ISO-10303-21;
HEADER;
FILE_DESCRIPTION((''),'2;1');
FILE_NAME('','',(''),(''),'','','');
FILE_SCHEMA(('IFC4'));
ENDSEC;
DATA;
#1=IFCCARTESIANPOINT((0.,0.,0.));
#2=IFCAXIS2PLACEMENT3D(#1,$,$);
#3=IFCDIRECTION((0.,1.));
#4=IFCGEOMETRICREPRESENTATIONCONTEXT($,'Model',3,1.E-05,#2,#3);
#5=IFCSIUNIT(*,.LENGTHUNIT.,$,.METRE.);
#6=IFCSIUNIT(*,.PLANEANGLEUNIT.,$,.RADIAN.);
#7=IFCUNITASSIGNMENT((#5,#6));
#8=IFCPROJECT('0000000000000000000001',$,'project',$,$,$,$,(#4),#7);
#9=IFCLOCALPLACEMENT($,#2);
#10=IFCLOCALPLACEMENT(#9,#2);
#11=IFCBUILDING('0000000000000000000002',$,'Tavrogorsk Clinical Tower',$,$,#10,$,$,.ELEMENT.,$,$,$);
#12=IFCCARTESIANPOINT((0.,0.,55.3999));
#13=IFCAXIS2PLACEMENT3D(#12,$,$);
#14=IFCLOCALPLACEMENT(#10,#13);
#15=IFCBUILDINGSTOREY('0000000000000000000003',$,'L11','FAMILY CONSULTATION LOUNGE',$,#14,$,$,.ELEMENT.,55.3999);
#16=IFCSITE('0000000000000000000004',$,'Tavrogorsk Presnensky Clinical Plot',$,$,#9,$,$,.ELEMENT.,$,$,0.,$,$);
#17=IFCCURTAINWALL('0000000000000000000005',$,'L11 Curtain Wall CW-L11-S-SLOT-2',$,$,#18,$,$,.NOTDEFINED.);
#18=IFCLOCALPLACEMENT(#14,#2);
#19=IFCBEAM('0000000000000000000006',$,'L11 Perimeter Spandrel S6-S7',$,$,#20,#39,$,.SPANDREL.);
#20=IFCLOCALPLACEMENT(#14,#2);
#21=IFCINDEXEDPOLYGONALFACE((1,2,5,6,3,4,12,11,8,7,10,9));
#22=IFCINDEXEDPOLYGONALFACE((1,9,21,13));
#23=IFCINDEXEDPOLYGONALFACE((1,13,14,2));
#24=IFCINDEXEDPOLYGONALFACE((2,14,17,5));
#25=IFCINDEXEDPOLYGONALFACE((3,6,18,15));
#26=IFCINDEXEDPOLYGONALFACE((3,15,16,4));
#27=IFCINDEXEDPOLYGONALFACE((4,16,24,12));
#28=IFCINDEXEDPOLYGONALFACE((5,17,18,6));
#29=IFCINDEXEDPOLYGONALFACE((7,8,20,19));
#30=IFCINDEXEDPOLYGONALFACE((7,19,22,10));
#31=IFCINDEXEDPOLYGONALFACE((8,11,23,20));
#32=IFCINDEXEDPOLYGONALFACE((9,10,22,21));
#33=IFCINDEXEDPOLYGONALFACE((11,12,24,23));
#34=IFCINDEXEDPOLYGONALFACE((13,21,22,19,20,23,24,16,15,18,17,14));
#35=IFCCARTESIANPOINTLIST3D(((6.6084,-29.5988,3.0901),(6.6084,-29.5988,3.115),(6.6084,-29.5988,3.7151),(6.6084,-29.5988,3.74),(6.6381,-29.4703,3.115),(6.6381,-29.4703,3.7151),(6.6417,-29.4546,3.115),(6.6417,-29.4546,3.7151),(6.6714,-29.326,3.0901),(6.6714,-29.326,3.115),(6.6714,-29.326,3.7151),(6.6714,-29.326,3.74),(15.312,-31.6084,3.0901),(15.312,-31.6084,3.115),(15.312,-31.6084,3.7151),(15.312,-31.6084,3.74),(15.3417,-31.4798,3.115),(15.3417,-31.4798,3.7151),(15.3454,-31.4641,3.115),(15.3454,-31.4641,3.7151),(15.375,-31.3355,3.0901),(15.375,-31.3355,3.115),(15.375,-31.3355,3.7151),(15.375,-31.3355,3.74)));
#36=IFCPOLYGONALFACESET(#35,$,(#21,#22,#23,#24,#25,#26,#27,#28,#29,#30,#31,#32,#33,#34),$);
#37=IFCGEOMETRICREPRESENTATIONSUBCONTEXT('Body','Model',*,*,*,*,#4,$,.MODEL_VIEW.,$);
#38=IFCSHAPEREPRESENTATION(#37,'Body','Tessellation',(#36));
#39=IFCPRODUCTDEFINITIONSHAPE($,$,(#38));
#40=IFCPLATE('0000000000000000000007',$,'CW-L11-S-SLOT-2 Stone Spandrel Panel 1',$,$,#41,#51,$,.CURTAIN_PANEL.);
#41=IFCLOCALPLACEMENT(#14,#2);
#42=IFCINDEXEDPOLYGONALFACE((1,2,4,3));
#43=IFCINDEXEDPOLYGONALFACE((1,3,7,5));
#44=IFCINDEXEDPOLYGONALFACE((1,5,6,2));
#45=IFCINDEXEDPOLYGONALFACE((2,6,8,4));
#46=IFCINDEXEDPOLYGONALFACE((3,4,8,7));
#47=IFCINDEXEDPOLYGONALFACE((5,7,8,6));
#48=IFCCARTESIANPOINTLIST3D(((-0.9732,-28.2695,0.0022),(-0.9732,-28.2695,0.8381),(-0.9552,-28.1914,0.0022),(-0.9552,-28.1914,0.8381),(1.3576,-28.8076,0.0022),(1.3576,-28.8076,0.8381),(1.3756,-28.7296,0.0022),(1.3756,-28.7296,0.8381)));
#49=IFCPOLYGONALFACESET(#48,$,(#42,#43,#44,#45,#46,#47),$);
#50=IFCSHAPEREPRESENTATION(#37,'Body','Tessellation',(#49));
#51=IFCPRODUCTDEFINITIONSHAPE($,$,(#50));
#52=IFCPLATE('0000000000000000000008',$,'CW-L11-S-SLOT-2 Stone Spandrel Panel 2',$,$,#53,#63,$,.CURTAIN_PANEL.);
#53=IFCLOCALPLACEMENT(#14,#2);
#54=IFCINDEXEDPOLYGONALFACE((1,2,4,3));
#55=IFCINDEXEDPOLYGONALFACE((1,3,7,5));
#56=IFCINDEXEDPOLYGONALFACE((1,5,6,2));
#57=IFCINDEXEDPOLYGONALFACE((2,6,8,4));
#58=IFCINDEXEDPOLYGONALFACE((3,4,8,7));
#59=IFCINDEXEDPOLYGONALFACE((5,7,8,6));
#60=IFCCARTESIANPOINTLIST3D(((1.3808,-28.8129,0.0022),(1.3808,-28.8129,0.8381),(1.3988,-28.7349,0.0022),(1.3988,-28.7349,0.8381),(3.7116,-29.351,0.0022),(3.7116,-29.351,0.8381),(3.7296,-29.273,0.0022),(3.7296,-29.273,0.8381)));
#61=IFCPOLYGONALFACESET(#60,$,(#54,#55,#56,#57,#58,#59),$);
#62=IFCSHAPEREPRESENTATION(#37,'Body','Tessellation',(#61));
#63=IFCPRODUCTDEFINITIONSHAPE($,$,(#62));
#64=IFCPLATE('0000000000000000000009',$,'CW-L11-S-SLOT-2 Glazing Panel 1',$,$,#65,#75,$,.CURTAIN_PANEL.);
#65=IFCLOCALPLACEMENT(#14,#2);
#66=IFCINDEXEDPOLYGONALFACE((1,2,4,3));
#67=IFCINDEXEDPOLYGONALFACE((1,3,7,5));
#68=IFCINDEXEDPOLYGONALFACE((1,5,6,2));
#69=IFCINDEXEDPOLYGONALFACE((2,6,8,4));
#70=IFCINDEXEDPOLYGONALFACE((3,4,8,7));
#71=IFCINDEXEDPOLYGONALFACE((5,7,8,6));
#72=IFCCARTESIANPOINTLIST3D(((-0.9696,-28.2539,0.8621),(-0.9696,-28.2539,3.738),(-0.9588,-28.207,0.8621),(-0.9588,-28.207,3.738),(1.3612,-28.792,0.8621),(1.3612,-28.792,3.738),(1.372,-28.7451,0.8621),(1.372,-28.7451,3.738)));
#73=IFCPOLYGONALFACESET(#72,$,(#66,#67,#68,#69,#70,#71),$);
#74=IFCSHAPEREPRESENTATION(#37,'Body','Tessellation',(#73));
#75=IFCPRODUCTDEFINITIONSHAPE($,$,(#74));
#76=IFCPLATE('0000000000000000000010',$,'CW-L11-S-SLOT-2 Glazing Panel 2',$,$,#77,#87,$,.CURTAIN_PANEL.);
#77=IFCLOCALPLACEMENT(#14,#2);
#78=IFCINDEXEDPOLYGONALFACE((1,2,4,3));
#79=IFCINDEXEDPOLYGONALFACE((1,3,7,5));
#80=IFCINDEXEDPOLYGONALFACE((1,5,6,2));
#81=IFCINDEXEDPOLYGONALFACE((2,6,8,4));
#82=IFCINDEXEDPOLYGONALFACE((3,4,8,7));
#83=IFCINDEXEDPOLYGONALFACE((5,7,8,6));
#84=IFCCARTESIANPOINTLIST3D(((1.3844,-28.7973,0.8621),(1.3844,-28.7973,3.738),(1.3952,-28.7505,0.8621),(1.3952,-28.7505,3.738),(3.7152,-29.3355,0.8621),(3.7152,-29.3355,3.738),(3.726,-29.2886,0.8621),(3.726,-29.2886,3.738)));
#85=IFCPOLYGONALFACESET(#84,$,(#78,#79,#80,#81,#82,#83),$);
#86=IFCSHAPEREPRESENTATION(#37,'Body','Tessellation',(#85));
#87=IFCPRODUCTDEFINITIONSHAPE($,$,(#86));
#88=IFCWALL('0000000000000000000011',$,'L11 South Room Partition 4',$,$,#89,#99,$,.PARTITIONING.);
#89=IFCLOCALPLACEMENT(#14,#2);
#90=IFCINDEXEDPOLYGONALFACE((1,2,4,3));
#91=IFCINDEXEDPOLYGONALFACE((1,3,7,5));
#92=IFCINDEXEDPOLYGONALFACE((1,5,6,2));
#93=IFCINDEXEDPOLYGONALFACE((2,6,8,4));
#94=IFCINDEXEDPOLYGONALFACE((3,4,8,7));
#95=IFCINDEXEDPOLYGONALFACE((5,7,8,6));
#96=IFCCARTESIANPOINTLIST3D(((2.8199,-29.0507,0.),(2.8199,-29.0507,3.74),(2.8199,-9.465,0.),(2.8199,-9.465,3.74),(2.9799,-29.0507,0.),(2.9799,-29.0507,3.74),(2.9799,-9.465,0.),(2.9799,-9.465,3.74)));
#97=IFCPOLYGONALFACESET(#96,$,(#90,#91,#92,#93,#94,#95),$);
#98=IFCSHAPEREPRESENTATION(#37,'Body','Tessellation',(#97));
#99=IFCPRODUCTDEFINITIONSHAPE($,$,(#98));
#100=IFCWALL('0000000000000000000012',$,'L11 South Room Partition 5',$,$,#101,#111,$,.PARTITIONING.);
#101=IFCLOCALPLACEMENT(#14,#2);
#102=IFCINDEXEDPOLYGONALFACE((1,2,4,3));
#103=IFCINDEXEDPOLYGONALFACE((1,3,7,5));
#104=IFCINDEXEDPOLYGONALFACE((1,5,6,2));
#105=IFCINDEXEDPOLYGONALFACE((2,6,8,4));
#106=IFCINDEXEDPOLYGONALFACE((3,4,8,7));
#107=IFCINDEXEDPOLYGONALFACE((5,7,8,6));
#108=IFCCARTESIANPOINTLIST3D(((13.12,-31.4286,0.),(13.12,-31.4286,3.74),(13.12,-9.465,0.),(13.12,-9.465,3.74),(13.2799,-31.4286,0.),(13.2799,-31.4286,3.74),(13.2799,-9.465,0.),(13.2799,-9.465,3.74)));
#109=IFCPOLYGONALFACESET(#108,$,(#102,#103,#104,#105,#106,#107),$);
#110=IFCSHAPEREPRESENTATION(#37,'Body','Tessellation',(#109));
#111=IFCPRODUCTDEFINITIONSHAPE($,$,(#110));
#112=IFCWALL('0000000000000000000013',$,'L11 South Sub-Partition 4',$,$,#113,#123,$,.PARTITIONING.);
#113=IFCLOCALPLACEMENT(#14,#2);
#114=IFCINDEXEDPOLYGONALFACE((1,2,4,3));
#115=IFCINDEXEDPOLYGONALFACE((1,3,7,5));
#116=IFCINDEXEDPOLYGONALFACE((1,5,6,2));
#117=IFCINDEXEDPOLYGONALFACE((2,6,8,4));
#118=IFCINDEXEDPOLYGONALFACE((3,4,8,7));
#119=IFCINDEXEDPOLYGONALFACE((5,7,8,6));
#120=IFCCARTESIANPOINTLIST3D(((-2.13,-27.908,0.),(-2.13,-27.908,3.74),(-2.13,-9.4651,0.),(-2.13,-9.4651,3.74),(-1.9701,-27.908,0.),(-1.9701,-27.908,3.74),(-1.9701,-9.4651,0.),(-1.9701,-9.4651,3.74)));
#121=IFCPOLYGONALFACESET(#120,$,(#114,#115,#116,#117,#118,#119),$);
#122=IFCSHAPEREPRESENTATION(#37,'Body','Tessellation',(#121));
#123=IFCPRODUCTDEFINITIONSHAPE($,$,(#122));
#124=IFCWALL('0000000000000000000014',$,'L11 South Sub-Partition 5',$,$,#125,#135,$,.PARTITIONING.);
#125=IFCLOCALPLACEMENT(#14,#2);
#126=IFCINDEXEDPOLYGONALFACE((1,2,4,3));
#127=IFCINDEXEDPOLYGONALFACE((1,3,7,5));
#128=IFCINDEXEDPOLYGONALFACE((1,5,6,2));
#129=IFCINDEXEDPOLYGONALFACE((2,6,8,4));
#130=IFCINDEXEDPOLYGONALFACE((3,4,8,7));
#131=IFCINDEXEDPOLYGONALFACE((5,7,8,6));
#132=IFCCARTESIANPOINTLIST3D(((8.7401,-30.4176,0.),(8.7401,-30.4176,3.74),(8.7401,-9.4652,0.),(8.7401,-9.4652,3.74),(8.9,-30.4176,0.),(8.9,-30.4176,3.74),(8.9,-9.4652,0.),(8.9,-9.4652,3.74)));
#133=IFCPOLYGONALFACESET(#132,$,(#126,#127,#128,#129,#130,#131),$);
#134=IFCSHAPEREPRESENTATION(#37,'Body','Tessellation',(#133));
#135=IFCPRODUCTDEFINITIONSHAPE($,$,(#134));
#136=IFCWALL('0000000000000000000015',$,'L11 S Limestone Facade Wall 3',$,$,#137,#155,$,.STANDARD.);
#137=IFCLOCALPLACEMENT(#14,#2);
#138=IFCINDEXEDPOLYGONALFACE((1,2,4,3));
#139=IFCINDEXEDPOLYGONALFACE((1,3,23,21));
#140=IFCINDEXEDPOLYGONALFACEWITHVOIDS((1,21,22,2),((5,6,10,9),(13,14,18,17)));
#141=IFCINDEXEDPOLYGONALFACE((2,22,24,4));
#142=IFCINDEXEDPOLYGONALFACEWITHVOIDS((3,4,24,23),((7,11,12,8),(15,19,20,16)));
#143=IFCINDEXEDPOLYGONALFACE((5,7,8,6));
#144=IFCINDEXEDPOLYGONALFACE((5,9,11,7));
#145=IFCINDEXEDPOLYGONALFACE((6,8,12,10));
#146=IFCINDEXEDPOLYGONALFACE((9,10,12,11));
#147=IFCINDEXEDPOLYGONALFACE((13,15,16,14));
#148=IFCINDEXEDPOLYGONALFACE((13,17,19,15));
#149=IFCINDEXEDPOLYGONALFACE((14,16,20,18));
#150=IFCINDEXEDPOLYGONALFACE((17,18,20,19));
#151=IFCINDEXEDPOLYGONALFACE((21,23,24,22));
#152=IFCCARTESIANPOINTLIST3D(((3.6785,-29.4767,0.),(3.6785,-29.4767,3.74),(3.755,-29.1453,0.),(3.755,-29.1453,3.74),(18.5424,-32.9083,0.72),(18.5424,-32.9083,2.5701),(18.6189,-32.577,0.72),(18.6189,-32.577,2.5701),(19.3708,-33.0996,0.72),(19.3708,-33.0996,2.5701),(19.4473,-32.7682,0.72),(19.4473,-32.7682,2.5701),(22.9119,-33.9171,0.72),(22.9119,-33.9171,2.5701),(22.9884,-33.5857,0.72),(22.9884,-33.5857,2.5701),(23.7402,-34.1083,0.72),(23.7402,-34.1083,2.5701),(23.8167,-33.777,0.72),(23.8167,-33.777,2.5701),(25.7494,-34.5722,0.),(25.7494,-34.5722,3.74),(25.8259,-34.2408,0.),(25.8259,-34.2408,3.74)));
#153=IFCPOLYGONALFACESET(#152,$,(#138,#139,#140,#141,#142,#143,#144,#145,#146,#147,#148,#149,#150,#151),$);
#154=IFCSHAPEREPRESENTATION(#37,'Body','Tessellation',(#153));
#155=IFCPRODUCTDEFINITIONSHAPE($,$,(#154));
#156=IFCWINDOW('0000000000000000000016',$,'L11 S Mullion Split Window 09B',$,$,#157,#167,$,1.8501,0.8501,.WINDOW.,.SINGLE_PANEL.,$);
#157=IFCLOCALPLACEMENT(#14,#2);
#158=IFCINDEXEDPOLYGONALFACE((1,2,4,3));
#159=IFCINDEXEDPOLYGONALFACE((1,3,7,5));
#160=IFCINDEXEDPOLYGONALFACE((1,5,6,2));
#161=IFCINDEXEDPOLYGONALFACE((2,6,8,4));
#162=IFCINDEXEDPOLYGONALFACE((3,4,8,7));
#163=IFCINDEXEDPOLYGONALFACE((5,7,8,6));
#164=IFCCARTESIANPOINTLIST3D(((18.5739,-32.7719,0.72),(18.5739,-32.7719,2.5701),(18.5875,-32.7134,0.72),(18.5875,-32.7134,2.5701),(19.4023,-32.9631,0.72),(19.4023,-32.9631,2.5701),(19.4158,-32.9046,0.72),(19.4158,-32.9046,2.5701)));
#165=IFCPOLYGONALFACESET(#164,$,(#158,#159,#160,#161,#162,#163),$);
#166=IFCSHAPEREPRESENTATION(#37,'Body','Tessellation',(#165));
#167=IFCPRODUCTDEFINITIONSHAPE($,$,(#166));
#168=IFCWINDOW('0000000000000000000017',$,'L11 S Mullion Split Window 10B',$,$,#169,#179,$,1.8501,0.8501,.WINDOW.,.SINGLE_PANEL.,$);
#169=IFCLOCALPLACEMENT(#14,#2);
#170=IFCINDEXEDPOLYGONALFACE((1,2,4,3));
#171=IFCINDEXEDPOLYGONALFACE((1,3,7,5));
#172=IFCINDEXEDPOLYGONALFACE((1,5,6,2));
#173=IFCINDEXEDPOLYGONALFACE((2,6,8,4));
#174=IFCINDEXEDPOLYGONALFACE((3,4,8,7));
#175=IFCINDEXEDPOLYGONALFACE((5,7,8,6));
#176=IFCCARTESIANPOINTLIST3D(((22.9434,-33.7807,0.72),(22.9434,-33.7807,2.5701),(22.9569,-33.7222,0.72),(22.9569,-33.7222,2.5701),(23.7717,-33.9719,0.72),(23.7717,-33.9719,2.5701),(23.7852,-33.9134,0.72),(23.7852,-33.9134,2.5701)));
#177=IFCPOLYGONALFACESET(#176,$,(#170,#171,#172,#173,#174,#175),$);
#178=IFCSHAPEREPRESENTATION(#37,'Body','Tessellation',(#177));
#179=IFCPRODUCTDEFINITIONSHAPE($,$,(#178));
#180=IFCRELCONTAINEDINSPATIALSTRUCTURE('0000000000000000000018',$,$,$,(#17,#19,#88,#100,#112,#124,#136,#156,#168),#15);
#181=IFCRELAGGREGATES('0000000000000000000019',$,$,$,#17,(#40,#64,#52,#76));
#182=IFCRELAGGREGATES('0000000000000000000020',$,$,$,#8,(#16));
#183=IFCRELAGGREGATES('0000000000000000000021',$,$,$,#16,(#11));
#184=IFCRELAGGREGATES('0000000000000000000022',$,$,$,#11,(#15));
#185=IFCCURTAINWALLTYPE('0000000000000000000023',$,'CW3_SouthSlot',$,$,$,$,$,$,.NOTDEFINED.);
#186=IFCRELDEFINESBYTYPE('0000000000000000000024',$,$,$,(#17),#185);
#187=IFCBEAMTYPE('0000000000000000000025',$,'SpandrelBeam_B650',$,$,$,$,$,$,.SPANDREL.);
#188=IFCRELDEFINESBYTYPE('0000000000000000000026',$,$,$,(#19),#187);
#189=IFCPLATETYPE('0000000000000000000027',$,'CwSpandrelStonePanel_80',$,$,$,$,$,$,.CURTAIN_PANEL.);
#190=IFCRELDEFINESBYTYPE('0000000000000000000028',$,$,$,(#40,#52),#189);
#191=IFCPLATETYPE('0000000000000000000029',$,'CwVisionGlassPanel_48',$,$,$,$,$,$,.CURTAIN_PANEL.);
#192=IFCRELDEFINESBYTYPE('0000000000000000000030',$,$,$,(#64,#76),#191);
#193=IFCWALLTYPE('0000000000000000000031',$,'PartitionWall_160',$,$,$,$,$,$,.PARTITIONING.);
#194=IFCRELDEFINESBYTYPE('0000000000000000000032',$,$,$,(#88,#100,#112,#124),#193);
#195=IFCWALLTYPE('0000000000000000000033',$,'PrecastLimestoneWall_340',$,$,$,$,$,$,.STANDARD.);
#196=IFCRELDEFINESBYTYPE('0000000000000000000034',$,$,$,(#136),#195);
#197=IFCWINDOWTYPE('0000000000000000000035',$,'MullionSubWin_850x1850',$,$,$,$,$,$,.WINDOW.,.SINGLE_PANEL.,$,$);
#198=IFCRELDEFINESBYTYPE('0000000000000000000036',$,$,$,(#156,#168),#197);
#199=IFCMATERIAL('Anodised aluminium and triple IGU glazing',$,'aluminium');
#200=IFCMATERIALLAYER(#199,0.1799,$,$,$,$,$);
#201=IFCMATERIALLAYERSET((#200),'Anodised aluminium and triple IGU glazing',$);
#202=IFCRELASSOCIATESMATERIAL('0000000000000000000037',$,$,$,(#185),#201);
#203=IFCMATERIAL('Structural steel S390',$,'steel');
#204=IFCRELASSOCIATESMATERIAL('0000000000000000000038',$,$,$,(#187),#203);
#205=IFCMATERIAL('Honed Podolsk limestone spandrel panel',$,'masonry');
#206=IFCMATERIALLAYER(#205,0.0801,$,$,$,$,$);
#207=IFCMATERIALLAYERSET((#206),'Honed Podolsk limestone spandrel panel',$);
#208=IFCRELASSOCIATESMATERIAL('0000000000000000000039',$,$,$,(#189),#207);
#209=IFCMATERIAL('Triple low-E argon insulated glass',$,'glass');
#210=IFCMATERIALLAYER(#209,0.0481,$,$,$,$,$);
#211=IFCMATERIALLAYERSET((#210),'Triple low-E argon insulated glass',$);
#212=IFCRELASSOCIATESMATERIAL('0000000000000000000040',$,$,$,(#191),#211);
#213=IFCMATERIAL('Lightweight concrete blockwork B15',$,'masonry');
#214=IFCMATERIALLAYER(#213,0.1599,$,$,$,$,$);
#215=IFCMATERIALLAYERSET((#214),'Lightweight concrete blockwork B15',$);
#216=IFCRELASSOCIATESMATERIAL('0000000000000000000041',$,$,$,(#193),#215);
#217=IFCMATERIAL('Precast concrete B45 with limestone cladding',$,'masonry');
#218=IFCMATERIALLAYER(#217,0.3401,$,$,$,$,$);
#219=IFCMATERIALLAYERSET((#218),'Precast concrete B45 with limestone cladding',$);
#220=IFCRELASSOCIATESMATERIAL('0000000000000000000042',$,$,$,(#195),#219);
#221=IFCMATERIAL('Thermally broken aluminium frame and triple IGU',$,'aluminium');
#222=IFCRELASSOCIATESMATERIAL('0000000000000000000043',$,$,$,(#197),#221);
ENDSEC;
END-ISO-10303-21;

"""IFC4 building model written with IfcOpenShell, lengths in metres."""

from ifc_helpers import new_model, si_unit, direction, frame, frame_2d, origin, origin_2d, place, context, subcontext, project, spatial, rectangle, i_section, extrude, material, layer, layer_set, material_profile, profile_set, type_object, element, fill, aggregate, save


model = new_model("IFC4")

# Units and contexts
model_context = context("Model", 3, precision=1e-05, world=origin(), true_north=direction((0.0, 1.0)))
body_context = subcontext(model_context, "Body", "Model", "MODEL_VIEW")
ifc_project = project(units=[si_unit("LENGTHUNIT", "METRE"), si_unit("PLANEANGLEUNIT", "RADIAN")], contexts=[model_context])

# Site, building, storey
site_placement = place(None, origin())
site = spatial("IfcSite", under=ifc_project, at=site_placement, Name="Tavrogorsk Presnensky Clinical Plot", CompositionType="ELEMENT", RefElevation=0.0)
building_placement = place(site_placement, origin())
building = spatial("IfcBuilding", under=site, at=building_placement, Name="Tavrogorsk Clinical Tower", CompositionType="ELEMENT")
storey_placement = place(building_placement, frame((0.0, 0.0, 55.3999)))
storey = spatial("IfcBuildingStorey", under=building, at=storey_placement, Name="L11", Description="FAMILY CONSULTATION LOUNGE", CompositionType="ELEMENT", Elevation=55.3999)

# Curtain wall
ifc_material_1 = material(Name="Anodised aluminium and triple IGU glazing", Category="aluminium")
ifc_layer_1 = layer(ifc_material_1, 0.1799)
ifc_layer_set_1 = layer_set([ifc_layer_1], Name="Anodised aluminium and triple IGU glazing")
curtain_wall_type = type_object("IfcCurtainWallType", Name="CW3_SouthSlot", PredefinedType="NOTDEFINED", material=ifc_layer_set_1)
curtain_wall_placement = place(storey_placement, origin())
curtain_wall = element("IfcCurtainWall", 1, at=curtain_wall_placement, inside=storey, type_object=curtain_wall_type, Name="L11 Curtain Wall CW-L11-S-SLOT-2", PredefinedType="NOTDEFINED")

# Beam
ifc_material_2 = material(Name="Structural steel S390", Category="steel")
ifc_material_profile_1 = material_profile(ifc_material_2, i_section(OverallWidth=0.28, OverallDepth=0.6499, WebThickness=0.0161, FlangeThickness=0.0249, at=origin_2d()), Name="B-650x280x16x25")
ifc_profile_set_1 = profile_set([ifc_material_profile_1], Name="Structural steel S390")
beam_type = type_object("IfcBeamType", Name="SpandrelBeam_B650", PredefinedType="SPANDREL", material=ifc_profile_set_1)
beam_placement = place(storey_placement, frame((6.6399, -29.4624, 3.415), z_axis=(0.974367, -0.224965, 0.0), x_axis=(0.224965, 0.974367, 0.0)))
element("IfcBeam", 2, at=beam_placement, inside=storey, type_object=beam_type, Name="L11 Perimeter Spandrel S6-S7", PredefinedType="SPANDREL", context=body_context, shape_type="SweptSolid", body=[
    extrude(i_section(OverallWidth=0.28, OverallDepth=0.6499, WebThickness=0.0161, FlangeThickness=0.0249, at=origin_2d()), origin(), (0.0, 0.0, 1.0), 8.9326),
])

# Plates
ifc_material_3 = material(Name="Honed Podolsk limestone spandrel panel", Category="masonry")
ifc_layer_2 = layer(ifc_material_3, 0.0801)
ifc_layer_set_2 = layer_set([ifc_layer_2], Name="Honed Podolsk limestone spandrel panel")
plate_type_1 = type_object("IfcPlateType", Name="CwSpandrelStonePanel_80", PredefinedType="CURTAIN_PANEL", material=ifc_layer_set_2)
plate_1_placement = place(storey_placement, frame((0.2012, -28.4995, 0.0022), z_axis=(0.0, 0.0, 1.0), x_axis=(0.97437, -0.224951, 0.0)))
plate_1 = element("IfcPlate", 3, at=plate_1_placement, type_object=plate_type_1, Name="CW-L11-S-SLOT-2 Stone Spandrel Panel 1", PredefinedType="CURTAIN_PANEL", context=body_context, shape_type="SweptSolid", body=[
    extrude(rectangle(XDim=2.3921, YDim=0.0801, at=origin_2d()), origin(), (0.0, 0.0, 1.0), 0.8359),
])
plate_2_placement = place(storey_placement, frame((2.5552, -29.043, 0.0022), z_axis=(0.0, 0.0, 1.0), x_axis=(0.97437, -0.224951, 0.0)))
plate_2 = element("IfcPlate", 4, at=plate_2_placement, type_object=plate_type_1, Name="CW-L11-S-SLOT-2 Stone Spandrel Panel 2", PredefinedType="CURTAIN_PANEL", context=body_context, shape_type="SweptSolid", body=[
    extrude(rectangle(XDim=2.3921, YDim=0.0801, at=origin_2d()), origin(), (0.0, 0.0, 1.0), 0.8359),
])
ifc_material_4 = material(Name="Triple low-E argon insulated glass", Category="glass")
ifc_layer_3 = layer(ifc_material_4, 0.0481)
ifc_layer_set_3 = layer_set([ifc_layer_3], Name="Triple low-E argon insulated glass")
plate_type_2 = type_object("IfcPlateType", Name="CwVisionGlassPanel_48", PredefinedType="CURTAIN_PANEL", material=ifc_layer_set_3)
plate_3_placement = place(storey_placement, frame((0.2012, -28.4995, 0.8621), z_axis=(0.0, 0.0, 1.0), x_axis=(0.97437, -0.224951, 0.0)))
plate_3 = element("IfcPlate", 5, at=plate_3_placement, type_object=plate_type_2, Name="CW-L11-S-SLOT-2 Glazing Panel 1", PredefinedType="CURTAIN_PANEL", context=body_context, shape_type="SweptSolid", body=[
    extrude(rectangle(XDim=2.3921, YDim=0.0481, at=origin_2d()), origin(), (0.0, 0.0, 1.0), 2.876),
])
plate_4_placement = place(storey_placement, frame((2.5552, -29.043, 0.8621), z_axis=(0.0, 0.0, 1.0), x_axis=(0.97437, -0.224951, 0.0)))
plate_4 = element("IfcPlate", 6, at=plate_4_placement, type_object=plate_type_2, Name="CW-L11-S-SLOT-2 Glazing Panel 2", PredefinedType="CURTAIN_PANEL", context=body_context, shape_type="SweptSolid", body=[
    extrude(rectangle(XDim=2.3921, YDim=0.0481, at=origin_2d()), origin(), (0.0, 0.0, 1.0), 2.876),
])
aggregate(curtain_wall, [plate_1, plate_3, plate_2, plate_4])

# Walls
ifc_material_5 = material(Name="Lightweight concrete blockwork B15", Category="masonry")
ifc_layer_4 = layer(ifc_material_5, 0.1599)
ifc_layer_set_4 = layer_set([ifc_layer_4], Name="Lightweight concrete blockwork B15")
wall_type_1 = type_object("IfcWallType", Name="PartitionWall_160", PredefinedType="PARTITIONING", material=ifc_layer_set_4)
wall_1_placement = place(storey_placement, frame((2.8999, -29.0508, 0.0), z_axis=(0.0, 0.0, 1.0), x_axis=(0.0, 1.0, 0.0)))
element("IfcWall", 7, at=wall_1_placement, inside=storey, type_object=wall_type_1, Name="L11 South Room Partition 4", PredefinedType="PARTITIONING", context=body_context, shape_type="SweptSolid", body=[
    extrude(rectangle(XDim=19.5857, YDim=0.1599, at=frame_2d((9.793, 0.0))), origin(), (0.0, 0.0, 1.0), 3.74),
])
wall_2_placement = place(storey_placement, frame((13.2, -31.4287, 0.0), z_axis=(0.0, 0.0, 1.0), x_axis=(0.0, 1.0, 0.0)))
element("IfcWall", 8, at=wall_2_placement, inside=storey, type_object=wall_type_1, Name="L11 South Room Partition 5", PredefinedType="PARTITIONING", context=body_context, shape_type="SweptSolid", body=[
    extrude(rectangle(XDim=21.9636, YDim=0.1599, at=frame_2d((10.9819, 0.0))), origin(), (0.0, 0.0, 1.0), 3.74),
])
wall_3_placement = place(storey_placement, frame((-2.05, -27.908, 0.0), z_axis=(0.0, 0.0, 1.0), x_axis=(0.0, 1.0, 0.0)))
element("IfcWall", 9, at=wall_3_placement, inside=storey, type_object=wall_type_1, Name="L11 South Sub-Partition 4", PredefinedType="PARTITIONING", context=body_context, shape_type="SweptSolid", body=[
    extrude(rectangle(XDim=18.4429, YDim=0.1599, at=frame_2d((9.2214, 0.0))), origin(), (0.0, 0.0, 1.0), 3.74),
])
wall_4_placement = place(storey_placement, frame((8.8201, -30.4175, 0.0), z_axis=(0.0, 0.0, 1.0), x_axis=(0.0, 1.0, 0.0)))
element("IfcWall", 10, at=wall_4_placement, inside=storey, type_object=wall_type_1, Name="L11 South Sub-Partition 5", PredefinedType="PARTITIONING", context=body_context, shape_type="SweptSolid", body=[
    extrude(rectangle(XDim=20.9524, YDim=0.1599, at=frame_2d((10.4761, 0.0))), origin(), (0.0, 0.0, 1.0), 3.74),
])

# Wall, openings, windows
ifc_material_6 = material(Name="Precast concrete B45 with limestone cladding", Category="masonry")
ifc_layer_5 = layer(ifc_material_6, 0.3401)
ifc_layer_set_5 = layer_set([ifc_layer_5], Name="Precast concrete B45 with limestone cladding")
wall_type_2 = type_object("IfcWallType", Name="PrecastLimestoneWall_340", PredefinedType="STANDARD", material=ifc_layer_set_5)
wall_5_placement = place(storey_placement, frame((3.7168, -29.311, 0.0), z_axis=(0.0, 0.0, 1.0), x_axis=(0.97437, -0.224952, 0.0)))
wall_5 = element("IfcWall", 11, at=wall_5_placement, inside=storey, type_object=wall_type_2, Name="L11 S Limestone Facade Wall 3", PredefinedType="STANDARD", context=body_context, shape_type="SweptSolid", body=[
    extrude(rectangle(XDim=22.6514, YDim=0.3401, at=frame_2d((11.3257, 0.0))), origin(), (0.0, 0.0, 1.0), 3.74),
])
opening_1_placement = place(wall_5_placement, frame((15.2549, 0.0, 0.72)))
opening_1 = element("IfcOpeningElement", 12, at=opening_1_placement, cuts=wall_5, PredefinedType="OPENING", context=body_context, shape_type="SweptSolid", body=[
    extrude(rectangle(XDim=0.8501, YDim=1.8501, at=frame_2d((0.425, 0.925))), frame((0.0, 0.1799, 0.0), z_axis=(0.0, -1.0, 0.0), x_axis=(1.0, 0.0, 0.0)), (0.0, 0.0, 1.0), 0.3601),
])
opening_2_placement = place(wall_5_placement, frame((19.7393, 0.0, 0.72)))
opening_2 = element("IfcOpeningElement", 13, at=opening_2_placement, cuts=wall_5, PredefinedType="OPENING", context=body_context, shape_type="SweptSolid", body=[
    extrude(rectangle(XDim=0.8501, YDim=1.8501, at=frame_2d((0.425, 0.925))), frame((0.0, 0.1799, 0.0), z_axis=(0.0, -1.0, 0.0), x_axis=(1.0, 0.0, 0.0)), (0.0, 0.0, 1.0), 0.3601),
])
ifc_material_7 = material(Name="Thermally broken aluminium frame and triple IGU", Category="aluminium")
window_type = type_object("IfcWindowType", Name="MullionSubWin_850x1850", PartitioningType="SINGLE_PANEL", PredefinedType="WINDOW", material=ifc_material_7)
window_1_placement = place(opening_1_placement, origin())
window_1 = element("IfcWindow", 14, at=window_1_placement, inside=storey, type_object=window_type, Name="L11 S Mullion Split Window 09B", OverallHeight=1.8501, OverallWidth=0.8501, PartitioningType="SINGLE_PANEL", PredefinedType="WINDOW", context=body_context, shape_type="SweptSolid", body=[
    extrude(rectangle(XDim=0.8501, YDim=1.8501, at=frame_2d((0.425, 0.925))), frame((0.0, 0.03, 0.0), z_axis=(0.0, -1.0, 0.0), x_axis=(1.0, 0.0, 0.0)), (0.0, 0.0, 1.0), 0.0601),
])
fill(opening_1, window_1)
window_2_placement = place(opening_2_placement, origin())
window_2 = element("IfcWindow", 15, at=window_2_placement, inside=storey, type_object=window_type, Name="L11 S Mullion Split Window 10B", OverallHeight=1.8501, OverallWidth=0.8501, PartitioningType="SINGLE_PANEL", PredefinedType="WINDOW", context=body_context, shape_type="SweptSolid", body=[
    extrude(rectangle(XDim=0.8501, YDim=1.8501, at=frame_2d((0.425, 0.925))), frame((0.0, 0.03, 0.0), z_axis=(0.0, -1.0, 0.0), x_axis=(1.0, 0.0, 0.0)), (0.0, 0.0, 1.0), 0.0601),
])
fill(opening_2, window_2)

save(model, "model.ifc")
